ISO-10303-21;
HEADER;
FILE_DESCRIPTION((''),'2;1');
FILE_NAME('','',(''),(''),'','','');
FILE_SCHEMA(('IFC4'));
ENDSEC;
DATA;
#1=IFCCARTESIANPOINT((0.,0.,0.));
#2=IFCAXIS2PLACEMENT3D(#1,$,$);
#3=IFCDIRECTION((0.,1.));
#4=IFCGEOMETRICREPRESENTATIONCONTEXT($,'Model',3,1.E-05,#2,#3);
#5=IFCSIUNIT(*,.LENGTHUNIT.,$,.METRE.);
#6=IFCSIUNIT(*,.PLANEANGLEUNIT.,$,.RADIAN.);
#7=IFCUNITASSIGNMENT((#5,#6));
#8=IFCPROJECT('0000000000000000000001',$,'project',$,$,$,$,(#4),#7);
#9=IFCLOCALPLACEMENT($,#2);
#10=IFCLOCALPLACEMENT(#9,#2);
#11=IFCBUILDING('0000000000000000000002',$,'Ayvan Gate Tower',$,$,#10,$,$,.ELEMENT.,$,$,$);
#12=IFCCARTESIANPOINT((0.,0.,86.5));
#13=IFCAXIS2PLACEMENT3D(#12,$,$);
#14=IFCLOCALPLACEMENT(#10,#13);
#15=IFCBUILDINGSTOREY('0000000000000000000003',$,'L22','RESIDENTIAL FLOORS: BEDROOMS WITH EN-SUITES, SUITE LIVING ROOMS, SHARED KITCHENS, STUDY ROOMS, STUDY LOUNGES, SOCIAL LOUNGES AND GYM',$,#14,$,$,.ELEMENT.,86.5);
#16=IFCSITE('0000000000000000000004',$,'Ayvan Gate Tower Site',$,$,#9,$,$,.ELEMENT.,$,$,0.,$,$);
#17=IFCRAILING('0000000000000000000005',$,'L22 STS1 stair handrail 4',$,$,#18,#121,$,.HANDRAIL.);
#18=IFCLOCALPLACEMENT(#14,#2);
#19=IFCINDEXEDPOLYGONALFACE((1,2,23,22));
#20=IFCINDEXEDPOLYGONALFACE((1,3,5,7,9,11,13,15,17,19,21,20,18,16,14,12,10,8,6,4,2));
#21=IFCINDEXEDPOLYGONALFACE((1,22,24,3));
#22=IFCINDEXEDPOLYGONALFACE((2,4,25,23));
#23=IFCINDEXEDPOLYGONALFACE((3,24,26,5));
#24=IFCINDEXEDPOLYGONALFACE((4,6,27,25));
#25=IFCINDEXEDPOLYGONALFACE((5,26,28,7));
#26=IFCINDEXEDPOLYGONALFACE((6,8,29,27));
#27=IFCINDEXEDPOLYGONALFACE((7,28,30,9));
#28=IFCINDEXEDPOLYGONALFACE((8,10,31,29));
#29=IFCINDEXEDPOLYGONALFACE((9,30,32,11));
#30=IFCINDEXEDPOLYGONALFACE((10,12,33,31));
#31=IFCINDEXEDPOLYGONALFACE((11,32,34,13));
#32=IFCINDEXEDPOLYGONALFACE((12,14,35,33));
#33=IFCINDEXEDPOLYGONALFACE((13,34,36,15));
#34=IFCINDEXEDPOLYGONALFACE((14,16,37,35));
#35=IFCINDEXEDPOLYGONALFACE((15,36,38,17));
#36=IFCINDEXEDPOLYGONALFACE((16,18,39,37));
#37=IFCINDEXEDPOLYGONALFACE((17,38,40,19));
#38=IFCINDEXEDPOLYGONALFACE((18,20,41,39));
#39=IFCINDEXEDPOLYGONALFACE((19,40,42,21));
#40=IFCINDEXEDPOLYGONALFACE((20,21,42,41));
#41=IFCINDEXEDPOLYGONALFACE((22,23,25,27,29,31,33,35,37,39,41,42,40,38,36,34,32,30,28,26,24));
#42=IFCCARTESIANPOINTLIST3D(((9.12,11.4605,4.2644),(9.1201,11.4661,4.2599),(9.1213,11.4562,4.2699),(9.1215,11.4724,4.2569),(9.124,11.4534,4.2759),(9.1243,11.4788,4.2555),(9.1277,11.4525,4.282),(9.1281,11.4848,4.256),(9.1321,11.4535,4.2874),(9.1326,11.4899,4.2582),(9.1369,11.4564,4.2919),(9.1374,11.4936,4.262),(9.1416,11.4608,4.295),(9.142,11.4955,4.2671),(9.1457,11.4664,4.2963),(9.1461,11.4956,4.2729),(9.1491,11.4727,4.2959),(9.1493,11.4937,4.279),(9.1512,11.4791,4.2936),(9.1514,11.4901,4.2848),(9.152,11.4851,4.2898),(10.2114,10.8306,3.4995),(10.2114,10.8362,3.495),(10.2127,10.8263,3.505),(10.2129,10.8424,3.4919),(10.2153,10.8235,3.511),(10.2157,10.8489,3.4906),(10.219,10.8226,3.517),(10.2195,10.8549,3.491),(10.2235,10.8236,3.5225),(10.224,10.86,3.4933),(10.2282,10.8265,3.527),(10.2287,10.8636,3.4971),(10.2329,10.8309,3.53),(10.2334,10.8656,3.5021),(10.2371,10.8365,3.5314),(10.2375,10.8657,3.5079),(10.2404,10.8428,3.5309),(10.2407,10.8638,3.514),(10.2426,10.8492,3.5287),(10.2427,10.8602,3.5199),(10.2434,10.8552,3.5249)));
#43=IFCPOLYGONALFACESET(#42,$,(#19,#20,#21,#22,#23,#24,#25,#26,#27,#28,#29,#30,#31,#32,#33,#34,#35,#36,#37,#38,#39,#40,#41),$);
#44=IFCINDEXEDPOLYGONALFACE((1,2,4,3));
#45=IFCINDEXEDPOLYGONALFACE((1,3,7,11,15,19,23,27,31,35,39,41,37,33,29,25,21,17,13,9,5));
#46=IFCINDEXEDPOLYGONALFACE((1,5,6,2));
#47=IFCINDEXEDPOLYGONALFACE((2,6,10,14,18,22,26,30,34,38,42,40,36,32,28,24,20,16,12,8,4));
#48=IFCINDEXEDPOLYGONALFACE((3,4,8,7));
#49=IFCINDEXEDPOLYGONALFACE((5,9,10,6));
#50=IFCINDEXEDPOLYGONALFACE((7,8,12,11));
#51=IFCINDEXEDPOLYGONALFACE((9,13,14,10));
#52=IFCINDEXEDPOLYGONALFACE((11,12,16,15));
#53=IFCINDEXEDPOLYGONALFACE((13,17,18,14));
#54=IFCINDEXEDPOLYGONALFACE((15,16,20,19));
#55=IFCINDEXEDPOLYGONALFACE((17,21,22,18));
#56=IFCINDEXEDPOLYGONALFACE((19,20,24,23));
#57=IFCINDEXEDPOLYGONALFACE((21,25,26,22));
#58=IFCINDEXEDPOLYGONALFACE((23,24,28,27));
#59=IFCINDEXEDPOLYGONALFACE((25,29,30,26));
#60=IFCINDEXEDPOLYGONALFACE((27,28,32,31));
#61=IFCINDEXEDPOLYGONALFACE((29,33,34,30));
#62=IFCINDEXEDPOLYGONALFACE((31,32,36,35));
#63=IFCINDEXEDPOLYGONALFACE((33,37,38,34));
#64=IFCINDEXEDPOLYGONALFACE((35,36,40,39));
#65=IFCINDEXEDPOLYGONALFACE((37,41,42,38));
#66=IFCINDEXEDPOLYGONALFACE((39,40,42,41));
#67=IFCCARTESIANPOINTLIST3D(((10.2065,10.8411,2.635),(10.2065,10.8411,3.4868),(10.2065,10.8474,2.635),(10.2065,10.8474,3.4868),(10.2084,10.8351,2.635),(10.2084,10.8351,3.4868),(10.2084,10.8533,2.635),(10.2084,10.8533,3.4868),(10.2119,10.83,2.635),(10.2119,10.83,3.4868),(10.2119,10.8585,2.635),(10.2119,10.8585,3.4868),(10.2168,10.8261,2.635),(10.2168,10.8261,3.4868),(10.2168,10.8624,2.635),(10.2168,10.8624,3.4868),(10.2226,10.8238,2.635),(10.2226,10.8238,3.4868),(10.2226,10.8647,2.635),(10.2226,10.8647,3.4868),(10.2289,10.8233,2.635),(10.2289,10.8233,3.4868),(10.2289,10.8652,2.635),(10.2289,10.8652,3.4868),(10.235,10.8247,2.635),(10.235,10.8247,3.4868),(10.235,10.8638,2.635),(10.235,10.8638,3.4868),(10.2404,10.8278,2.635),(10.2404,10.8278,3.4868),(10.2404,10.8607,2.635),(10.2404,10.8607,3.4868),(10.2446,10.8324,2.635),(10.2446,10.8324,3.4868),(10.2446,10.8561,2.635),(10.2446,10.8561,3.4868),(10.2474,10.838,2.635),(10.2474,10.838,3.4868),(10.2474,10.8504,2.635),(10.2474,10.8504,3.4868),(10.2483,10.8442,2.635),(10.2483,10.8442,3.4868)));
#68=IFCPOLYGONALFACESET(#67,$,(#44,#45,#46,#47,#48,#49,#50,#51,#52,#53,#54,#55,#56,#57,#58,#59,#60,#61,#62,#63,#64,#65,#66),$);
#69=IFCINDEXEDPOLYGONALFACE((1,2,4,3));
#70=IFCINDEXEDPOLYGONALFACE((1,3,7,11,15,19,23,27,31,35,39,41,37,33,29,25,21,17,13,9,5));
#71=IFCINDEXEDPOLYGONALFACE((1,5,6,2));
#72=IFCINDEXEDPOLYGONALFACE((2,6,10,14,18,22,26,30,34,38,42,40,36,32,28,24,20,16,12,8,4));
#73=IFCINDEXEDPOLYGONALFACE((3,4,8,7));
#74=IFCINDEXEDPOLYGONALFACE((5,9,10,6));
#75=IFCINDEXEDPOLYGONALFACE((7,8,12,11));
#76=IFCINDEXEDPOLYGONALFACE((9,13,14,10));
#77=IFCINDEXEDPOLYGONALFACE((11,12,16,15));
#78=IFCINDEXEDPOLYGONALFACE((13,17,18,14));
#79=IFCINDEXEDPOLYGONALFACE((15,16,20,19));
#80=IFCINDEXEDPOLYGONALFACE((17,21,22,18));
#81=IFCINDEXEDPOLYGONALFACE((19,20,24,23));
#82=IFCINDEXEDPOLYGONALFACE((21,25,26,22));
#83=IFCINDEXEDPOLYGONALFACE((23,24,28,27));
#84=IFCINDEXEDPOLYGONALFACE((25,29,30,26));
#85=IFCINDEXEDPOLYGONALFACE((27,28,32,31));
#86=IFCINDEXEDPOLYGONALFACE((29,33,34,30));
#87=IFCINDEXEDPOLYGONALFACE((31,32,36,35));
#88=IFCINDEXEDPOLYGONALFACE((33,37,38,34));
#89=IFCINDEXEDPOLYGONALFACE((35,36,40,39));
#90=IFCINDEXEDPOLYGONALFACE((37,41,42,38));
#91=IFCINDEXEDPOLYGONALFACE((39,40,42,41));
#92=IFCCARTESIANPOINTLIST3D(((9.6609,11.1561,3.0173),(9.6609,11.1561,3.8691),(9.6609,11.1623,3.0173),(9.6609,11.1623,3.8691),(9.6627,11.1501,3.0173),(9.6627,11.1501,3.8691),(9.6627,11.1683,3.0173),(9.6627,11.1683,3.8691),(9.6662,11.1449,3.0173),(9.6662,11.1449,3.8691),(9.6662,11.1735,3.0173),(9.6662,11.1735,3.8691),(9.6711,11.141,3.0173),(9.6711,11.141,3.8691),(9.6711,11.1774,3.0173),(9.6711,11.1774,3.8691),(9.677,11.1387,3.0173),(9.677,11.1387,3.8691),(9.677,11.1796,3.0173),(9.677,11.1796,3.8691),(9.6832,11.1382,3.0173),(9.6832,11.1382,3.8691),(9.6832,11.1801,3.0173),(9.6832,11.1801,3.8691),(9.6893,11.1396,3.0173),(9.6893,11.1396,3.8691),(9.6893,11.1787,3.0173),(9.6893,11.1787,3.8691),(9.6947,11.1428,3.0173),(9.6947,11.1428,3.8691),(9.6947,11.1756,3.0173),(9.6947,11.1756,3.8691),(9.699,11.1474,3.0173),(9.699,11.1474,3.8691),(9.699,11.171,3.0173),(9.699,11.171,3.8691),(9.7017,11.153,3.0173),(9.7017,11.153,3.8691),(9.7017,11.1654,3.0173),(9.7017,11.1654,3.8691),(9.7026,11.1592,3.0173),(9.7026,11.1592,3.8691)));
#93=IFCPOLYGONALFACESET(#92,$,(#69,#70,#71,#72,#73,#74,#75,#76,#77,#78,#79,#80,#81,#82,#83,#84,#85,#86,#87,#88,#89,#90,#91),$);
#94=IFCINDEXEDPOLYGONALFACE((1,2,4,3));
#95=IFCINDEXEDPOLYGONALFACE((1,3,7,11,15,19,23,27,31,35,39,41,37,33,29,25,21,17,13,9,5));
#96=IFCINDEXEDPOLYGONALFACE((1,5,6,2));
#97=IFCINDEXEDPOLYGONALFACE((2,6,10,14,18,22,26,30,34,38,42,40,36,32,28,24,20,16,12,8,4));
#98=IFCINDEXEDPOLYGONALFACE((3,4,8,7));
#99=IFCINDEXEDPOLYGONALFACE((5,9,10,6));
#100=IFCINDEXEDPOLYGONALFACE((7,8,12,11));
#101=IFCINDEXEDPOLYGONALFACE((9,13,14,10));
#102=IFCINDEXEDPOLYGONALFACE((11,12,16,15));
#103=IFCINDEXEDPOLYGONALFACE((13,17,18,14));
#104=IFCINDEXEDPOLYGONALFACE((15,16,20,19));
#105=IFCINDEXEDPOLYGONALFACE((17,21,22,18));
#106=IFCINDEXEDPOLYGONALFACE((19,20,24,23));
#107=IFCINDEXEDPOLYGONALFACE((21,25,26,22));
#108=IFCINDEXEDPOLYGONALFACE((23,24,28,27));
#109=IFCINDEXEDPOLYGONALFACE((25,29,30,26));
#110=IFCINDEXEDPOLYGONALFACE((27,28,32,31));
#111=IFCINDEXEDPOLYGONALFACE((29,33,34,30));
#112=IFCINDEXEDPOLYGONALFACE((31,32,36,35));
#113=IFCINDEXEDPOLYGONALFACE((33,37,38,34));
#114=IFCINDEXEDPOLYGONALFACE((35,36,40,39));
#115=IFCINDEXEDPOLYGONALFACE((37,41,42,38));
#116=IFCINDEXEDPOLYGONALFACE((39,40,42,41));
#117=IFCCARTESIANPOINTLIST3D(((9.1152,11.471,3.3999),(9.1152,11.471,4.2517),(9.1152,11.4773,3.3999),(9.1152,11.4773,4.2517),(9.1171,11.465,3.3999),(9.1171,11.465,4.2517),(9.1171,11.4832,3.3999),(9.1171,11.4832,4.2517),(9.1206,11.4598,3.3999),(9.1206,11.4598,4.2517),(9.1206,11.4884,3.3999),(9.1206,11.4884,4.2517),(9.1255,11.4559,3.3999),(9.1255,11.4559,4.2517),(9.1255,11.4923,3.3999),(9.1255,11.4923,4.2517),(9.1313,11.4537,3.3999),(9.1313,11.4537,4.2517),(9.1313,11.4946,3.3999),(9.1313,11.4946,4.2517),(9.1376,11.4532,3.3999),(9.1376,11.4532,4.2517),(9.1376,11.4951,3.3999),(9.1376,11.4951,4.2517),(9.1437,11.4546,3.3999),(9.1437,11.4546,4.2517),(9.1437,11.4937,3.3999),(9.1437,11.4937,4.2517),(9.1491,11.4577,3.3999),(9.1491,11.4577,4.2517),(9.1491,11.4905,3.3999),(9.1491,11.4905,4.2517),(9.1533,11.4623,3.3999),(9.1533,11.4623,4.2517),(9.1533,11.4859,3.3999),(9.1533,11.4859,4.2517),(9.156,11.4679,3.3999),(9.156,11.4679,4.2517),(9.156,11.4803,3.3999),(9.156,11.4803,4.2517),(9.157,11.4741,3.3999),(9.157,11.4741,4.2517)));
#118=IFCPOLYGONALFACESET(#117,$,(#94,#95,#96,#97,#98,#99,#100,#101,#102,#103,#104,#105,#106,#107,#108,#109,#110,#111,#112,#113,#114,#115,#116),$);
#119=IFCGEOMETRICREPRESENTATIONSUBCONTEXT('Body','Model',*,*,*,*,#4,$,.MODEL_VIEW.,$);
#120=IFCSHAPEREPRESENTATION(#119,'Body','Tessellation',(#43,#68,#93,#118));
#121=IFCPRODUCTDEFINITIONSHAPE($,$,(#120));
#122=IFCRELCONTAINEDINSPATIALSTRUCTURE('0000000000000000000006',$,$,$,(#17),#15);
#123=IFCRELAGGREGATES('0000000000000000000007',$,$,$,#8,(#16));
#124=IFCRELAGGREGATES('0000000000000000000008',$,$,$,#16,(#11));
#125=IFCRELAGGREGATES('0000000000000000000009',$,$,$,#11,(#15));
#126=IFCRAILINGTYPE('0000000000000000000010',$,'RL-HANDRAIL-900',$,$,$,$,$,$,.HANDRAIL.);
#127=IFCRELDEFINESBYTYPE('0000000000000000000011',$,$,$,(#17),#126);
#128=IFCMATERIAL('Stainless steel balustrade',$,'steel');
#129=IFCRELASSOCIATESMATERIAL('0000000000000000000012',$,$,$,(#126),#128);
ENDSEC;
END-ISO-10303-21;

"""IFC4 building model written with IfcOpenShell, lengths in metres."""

from ifc_helpers import new_model, si_unit, direction, frame, origin, origin_2d, place, context, subcontext, project, spatial, circle, extrude, material, type_object, element, save


model = new_model("IFC4")

# Units and contexts
model_context = context("Model", 3, precision=1e-05, world=origin(), true_north=direction((0.0, 1.0)))
body_context = subcontext(model_context, "Body", "Model", "MODEL_VIEW")
ifc_project = project(units=[si_unit("LENGTHUNIT", "METRE"), si_unit("PLANEANGLEUNIT", "RADIAN")], contexts=[model_context])

# Site, building, storey
site_placement = place(None, origin())
site = spatial("IfcSite", under=ifc_project, at=site_placement, Name="Ayvan Gate Tower Site", CompositionType="ELEMENT", RefElevation=0.0)
building_placement = place(site_placement, origin())
building = spatial("IfcBuilding", under=site, at=building_placement, Name="Ayvan Gate Tower", CompositionType="ELEMENT")
storey_placement = place(building_placement, frame((0.0, 0.0, 86.5)))
storey = spatial("IfcBuildingStorey", under=building, at=storey_placement, Name="L22", Description="RESIDENTIAL FLOORS: BEDROOMS WITH EN-SUITES, SUITE LIVING ROOMS, SHARED KITCHENS, STUDY ROOMS, STUDY LOUNGES, SOCIAL LOUNGES AND GYM", CompositionType="ELEMENT", Elevation=86.5)

# Railing
ifc_material_1 = material(Name="Stainless steel balustrade", Category="steel")
railing_type_1 = type_object("IfcRailingType", Name="RL-HANDRAIL-900", PredefinedType="HANDRAIL", material=ifc_material_1)
railing_1_placement = place(storey_placement, frame((10.2273, 10.8442, 2.635)))
element("IfcRailing", 1, at=railing_1_placement, inside=storey, type_object=railing_type_1, Name="L22 STS1 stair handrail 4", PredefinedType="HANDRAIL", context=body_context, shape_type="SweptSolid", body=[
    extrude(circle(Radius=0.0239, at=origin_2d()), frame((0.0, 0.0, 0.876), z_axis=(-0.740357, 0.42732, 0.518912), x_axis=(-0.49989, -0.866089, 0.0)), (0.0, 0.0, 1.0), 1.4741),
    extrude(circle(Radius=0.021, at=origin_2d()), origin(), (0.0, 0.0, 1.0), 0.8518),
    extrude(circle(Radius=0.021, at=origin_2d()), frame((-0.5457, 0.3149, 0.3823)), (0.0, 0.0, 1.0), 0.8518),
    extrude(circle(Radius=0.021, at=origin_2d()), frame((-1.0913, 0.6299, 0.7649)), (0.0, 0.0, 1.0), 0.8518),
])

save(model, "model.ifc")
